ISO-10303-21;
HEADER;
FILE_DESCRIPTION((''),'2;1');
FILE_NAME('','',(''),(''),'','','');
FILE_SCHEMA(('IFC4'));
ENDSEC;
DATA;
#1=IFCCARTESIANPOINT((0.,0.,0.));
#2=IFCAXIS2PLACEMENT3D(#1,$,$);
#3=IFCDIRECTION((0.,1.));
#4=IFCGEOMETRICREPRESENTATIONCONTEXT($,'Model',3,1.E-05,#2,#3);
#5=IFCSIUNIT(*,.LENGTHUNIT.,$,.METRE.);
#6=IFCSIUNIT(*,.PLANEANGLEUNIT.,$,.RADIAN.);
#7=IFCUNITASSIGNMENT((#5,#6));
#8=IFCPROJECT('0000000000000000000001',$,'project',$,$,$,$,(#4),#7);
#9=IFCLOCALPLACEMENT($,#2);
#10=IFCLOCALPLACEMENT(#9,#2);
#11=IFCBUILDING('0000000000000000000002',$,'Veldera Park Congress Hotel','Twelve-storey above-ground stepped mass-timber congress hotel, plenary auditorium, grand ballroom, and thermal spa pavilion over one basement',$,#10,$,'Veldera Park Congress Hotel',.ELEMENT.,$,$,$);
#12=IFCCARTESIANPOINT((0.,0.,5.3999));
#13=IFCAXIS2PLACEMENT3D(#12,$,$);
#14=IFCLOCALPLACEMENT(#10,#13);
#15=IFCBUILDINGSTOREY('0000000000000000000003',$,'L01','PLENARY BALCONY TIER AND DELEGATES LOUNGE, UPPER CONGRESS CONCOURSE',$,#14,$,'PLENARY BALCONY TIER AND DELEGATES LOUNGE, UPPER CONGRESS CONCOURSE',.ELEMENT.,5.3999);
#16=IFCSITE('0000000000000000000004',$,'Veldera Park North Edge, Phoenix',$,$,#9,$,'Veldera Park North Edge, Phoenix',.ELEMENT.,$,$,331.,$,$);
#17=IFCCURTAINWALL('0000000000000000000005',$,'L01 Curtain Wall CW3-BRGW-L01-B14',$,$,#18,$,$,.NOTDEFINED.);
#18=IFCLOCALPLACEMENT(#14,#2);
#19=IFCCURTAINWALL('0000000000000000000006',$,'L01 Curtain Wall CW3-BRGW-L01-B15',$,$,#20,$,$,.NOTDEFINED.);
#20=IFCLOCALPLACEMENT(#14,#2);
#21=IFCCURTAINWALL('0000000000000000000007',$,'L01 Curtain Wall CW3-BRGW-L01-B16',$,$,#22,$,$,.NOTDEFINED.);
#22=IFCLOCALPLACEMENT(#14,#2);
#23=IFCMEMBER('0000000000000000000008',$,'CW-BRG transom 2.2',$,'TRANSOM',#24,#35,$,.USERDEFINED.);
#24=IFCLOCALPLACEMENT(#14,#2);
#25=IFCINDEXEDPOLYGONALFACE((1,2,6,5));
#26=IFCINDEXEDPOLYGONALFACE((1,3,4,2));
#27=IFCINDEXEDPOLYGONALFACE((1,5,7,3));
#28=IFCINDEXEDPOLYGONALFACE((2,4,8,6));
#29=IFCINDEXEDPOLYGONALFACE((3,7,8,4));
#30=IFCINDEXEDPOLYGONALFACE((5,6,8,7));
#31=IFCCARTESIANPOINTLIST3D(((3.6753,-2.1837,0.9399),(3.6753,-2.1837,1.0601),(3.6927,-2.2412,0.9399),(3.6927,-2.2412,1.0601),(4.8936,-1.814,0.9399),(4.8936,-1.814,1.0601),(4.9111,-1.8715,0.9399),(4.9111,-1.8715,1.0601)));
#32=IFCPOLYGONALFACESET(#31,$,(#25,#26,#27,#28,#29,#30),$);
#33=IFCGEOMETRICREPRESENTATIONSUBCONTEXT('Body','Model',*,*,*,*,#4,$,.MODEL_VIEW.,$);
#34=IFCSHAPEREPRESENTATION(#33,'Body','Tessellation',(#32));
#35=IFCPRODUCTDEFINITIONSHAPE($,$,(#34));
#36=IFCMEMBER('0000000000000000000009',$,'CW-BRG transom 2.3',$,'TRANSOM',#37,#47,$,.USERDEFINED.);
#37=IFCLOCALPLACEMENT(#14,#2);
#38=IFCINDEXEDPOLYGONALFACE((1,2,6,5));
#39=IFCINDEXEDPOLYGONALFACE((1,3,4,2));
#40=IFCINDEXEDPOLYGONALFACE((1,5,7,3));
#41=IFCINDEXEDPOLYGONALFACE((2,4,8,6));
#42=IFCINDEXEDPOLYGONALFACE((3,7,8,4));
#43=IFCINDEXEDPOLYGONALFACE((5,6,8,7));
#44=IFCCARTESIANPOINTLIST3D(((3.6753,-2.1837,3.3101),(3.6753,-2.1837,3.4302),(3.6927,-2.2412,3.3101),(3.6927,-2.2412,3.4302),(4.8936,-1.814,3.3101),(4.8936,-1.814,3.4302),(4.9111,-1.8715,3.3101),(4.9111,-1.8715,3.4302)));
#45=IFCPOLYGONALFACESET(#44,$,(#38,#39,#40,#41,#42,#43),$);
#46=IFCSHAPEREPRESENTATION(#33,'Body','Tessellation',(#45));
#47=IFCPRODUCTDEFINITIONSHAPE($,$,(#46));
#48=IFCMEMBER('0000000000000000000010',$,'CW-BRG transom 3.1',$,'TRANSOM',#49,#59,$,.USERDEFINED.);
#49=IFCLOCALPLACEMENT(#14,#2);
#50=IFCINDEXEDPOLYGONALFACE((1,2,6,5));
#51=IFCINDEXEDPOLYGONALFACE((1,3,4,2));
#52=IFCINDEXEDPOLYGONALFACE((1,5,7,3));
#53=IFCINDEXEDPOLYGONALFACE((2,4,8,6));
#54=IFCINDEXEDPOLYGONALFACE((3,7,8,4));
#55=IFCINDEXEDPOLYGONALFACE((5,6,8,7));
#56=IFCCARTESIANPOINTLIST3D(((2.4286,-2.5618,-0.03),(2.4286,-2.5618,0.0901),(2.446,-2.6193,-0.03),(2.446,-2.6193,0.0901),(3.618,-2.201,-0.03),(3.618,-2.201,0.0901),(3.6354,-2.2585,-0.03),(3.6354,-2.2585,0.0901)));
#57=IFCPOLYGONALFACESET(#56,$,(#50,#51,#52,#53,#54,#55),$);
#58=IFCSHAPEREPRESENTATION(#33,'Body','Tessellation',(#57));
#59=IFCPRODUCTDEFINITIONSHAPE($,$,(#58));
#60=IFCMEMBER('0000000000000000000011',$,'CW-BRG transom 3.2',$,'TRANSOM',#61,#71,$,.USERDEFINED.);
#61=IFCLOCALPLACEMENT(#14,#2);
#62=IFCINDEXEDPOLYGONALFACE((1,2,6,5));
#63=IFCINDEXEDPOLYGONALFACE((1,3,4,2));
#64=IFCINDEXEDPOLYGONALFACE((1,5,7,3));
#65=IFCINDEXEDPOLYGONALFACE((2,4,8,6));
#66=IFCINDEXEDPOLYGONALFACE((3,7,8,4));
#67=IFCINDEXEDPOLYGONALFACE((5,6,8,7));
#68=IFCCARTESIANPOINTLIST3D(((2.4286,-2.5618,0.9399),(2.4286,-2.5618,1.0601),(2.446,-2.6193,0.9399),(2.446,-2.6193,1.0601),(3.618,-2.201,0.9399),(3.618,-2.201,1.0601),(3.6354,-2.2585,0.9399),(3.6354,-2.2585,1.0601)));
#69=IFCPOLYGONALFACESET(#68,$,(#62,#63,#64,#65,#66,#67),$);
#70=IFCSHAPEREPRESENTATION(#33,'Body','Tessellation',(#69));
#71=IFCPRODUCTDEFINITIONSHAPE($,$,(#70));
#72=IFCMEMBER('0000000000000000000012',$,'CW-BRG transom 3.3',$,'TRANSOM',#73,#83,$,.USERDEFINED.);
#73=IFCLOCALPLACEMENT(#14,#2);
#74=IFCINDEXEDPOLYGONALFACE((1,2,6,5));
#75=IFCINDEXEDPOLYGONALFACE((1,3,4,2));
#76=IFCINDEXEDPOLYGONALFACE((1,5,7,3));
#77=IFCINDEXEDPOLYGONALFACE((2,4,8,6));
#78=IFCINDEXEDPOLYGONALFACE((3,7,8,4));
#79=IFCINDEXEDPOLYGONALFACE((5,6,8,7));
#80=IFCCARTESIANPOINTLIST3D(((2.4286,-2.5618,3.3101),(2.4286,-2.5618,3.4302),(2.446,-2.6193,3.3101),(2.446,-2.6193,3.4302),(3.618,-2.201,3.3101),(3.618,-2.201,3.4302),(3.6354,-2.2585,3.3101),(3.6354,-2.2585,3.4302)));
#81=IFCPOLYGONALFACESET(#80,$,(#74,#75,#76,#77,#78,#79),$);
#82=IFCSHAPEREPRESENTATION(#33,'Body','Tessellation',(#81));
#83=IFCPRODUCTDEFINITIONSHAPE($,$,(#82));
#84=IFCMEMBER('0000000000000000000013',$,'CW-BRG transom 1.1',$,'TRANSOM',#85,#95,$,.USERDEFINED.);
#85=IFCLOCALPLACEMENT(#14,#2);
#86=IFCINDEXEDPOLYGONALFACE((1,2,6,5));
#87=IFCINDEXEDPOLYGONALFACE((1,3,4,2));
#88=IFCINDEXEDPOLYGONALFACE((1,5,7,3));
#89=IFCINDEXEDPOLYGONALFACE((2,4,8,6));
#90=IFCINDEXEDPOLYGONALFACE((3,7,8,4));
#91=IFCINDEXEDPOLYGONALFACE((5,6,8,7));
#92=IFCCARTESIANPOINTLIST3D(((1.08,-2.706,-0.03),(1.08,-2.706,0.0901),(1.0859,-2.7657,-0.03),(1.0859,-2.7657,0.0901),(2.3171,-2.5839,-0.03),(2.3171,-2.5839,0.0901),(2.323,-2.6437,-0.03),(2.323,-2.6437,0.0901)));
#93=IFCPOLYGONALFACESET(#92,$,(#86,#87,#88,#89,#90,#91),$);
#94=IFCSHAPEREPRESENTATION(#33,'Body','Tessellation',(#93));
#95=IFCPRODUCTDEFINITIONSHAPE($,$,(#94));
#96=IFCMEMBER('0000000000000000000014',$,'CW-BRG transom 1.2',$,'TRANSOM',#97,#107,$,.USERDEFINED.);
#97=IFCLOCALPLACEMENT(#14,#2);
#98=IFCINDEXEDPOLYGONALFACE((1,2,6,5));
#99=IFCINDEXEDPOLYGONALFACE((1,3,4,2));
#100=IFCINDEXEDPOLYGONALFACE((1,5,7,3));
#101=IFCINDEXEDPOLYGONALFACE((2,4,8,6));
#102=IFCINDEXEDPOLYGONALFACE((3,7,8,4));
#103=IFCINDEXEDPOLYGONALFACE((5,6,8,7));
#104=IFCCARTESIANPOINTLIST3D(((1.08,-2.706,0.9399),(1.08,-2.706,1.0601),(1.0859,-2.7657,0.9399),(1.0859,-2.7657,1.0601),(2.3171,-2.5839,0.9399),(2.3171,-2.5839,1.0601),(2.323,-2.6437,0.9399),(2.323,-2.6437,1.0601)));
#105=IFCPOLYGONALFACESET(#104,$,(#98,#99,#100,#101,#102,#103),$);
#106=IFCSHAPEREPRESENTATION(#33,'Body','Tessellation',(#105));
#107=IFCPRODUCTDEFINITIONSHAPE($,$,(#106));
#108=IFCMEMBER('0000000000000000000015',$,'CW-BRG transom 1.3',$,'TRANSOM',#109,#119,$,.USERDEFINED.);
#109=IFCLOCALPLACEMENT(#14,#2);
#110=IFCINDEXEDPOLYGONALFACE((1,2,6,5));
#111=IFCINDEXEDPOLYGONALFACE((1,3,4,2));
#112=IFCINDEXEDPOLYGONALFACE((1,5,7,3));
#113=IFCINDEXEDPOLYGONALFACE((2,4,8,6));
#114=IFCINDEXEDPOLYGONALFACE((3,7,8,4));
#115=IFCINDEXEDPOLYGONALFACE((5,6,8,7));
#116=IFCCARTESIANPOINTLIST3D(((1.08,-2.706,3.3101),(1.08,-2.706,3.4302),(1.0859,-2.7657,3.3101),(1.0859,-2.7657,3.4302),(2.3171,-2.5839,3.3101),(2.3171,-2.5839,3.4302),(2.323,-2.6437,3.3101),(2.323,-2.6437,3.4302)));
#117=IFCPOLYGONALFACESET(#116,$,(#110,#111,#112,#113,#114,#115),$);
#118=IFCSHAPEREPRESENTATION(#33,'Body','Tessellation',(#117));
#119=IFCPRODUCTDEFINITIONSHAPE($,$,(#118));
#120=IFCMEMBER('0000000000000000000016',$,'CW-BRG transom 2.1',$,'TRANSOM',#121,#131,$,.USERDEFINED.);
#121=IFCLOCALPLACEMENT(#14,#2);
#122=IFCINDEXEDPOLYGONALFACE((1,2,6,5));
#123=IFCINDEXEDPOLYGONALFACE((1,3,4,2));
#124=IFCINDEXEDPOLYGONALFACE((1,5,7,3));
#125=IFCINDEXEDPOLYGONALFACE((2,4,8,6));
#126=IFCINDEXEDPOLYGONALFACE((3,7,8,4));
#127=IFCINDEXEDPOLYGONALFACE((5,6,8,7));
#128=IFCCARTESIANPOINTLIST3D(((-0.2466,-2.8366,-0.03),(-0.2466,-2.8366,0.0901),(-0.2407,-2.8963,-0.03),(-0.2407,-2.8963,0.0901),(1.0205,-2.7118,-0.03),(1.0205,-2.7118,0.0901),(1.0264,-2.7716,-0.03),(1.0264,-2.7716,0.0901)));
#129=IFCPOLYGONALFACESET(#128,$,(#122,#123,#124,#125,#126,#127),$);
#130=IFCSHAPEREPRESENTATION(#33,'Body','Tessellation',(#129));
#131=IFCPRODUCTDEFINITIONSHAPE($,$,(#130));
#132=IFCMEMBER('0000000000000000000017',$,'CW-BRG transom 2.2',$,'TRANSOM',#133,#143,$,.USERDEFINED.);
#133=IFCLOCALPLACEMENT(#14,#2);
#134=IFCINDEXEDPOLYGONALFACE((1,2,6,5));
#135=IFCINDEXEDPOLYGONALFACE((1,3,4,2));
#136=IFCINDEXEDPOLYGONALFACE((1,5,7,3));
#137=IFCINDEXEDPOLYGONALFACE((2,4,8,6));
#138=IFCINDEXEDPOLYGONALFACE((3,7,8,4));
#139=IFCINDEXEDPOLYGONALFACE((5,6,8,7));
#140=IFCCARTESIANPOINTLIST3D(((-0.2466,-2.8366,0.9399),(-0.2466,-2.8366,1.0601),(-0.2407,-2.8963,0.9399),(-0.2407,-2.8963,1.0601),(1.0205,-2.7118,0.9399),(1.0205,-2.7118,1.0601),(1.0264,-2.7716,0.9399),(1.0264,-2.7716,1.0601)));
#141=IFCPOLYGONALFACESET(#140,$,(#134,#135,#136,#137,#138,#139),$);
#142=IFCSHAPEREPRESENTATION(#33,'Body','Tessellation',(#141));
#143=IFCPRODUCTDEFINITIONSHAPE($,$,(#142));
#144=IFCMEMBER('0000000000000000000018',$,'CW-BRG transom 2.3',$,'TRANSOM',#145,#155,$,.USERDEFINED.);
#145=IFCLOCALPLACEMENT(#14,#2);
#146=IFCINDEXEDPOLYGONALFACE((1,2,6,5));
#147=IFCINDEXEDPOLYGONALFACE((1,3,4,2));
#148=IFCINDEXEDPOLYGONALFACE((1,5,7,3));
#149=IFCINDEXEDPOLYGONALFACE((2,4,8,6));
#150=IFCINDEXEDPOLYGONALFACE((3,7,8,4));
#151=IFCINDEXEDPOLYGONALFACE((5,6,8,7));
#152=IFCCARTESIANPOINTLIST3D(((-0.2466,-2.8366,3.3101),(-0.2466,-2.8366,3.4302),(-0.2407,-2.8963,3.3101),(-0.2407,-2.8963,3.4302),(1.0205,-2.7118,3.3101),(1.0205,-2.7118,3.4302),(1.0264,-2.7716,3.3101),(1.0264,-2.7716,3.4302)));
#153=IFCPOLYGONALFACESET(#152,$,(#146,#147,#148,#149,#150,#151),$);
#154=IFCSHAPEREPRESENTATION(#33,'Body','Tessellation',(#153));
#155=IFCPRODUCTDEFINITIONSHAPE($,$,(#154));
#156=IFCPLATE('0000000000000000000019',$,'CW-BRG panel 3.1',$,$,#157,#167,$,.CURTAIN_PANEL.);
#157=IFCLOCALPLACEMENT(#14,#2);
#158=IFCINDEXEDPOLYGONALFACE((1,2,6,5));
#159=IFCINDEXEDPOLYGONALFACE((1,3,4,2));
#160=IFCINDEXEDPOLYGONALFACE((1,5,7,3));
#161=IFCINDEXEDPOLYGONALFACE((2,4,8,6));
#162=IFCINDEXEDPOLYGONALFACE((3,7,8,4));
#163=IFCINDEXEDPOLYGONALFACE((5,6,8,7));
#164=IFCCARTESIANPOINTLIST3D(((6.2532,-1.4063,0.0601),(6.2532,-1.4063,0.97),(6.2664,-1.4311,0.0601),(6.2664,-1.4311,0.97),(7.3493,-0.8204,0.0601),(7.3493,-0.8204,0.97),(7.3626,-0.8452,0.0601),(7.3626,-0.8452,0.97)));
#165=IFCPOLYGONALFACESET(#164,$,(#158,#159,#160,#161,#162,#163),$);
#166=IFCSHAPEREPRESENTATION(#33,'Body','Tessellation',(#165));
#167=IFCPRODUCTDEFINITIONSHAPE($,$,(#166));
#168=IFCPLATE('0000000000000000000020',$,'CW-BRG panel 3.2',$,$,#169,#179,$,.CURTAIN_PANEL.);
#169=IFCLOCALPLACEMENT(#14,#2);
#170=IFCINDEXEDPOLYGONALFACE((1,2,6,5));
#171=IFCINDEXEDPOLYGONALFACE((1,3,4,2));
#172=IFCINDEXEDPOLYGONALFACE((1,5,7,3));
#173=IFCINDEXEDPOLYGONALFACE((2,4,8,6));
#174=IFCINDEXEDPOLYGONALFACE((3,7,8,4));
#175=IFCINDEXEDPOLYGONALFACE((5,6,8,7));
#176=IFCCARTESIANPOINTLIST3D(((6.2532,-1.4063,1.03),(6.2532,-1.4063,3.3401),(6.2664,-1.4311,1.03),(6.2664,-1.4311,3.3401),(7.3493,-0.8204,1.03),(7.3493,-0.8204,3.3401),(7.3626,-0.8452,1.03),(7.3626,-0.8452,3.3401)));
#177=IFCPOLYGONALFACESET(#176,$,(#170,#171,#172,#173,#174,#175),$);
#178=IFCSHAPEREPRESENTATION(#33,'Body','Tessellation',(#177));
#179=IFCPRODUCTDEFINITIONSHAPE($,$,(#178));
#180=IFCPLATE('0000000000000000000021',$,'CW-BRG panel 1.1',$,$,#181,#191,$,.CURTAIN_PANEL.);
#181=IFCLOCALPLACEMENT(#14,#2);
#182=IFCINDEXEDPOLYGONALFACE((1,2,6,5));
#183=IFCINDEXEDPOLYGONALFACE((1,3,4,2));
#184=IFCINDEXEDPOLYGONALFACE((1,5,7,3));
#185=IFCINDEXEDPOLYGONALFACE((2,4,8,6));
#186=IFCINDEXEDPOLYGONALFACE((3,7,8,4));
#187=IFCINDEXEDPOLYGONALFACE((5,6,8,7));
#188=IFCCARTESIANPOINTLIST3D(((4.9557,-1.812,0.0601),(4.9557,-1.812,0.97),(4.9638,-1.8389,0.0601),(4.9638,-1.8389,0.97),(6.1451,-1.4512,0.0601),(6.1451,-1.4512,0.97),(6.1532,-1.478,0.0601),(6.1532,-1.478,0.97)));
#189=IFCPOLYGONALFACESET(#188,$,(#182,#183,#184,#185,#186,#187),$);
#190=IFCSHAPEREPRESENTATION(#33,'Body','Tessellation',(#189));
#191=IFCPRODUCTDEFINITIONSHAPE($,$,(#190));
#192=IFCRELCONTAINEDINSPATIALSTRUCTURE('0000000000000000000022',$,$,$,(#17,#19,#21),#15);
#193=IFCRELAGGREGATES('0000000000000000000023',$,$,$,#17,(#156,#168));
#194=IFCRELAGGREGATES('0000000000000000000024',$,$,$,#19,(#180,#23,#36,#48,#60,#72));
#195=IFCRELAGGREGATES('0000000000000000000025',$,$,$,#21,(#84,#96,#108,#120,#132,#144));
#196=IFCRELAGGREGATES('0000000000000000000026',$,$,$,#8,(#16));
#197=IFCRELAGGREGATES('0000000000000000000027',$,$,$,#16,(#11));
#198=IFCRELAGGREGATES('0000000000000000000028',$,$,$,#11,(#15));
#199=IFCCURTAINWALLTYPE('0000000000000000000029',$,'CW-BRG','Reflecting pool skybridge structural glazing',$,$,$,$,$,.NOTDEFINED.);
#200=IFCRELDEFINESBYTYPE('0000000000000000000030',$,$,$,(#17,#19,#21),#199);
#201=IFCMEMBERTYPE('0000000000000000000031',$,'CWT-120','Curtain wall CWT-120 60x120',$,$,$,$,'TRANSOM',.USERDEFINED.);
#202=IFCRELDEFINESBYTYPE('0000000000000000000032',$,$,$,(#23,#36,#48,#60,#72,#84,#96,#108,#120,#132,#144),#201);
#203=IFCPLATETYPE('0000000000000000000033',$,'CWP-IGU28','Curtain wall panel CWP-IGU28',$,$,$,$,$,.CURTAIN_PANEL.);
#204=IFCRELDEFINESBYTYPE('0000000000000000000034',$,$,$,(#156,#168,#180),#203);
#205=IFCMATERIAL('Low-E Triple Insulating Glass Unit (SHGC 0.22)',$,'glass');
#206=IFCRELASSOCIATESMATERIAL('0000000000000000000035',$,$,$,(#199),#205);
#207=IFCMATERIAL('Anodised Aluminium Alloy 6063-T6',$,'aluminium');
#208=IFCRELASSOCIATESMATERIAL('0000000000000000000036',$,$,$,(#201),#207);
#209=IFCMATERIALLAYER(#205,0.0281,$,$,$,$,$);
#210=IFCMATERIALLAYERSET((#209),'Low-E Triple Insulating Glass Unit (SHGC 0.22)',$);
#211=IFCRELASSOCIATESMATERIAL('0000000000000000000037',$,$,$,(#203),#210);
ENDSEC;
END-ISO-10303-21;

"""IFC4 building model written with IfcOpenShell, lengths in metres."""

from ifc_helpers import new_model, si_unit, direction, frame, origin, origin_2d, place, context, subcontext, project, spatial, rectangle, extrude, material, layer, layer_set, material_profile, profile_set, type_object, element, aggregate, save


model = new_model("IFC4")

# Units and contexts
model_context = context("Model", 3, precision=1e-05, world=origin(), true_north=direction((0.0, 1.0)))
body_context = subcontext(model_context, "Body", "Model", "MODEL_VIEW")
ifc_project = project(units=[si_unit("LENGTHUNIT", "METRE"), si_unit("PLANEANGLEUNIT", "RADIAN")], contexts=[model_context])

# Site, building, storey
site_placement = place(None, origin())
site = spatial("IfcSite", under=ifc_project, at=site_placement, Name="Veldera Park North Edge, Phoenix", LongName="Veldera Park North Edge, Phoenix", CompositionType="ELEMENT", RefElevation=331.0)
building_placement = place(site_placement, origin())
building = spatial("IfcBuilding", under=site, at=building_placement, Name="Veldera Park Congress Hotel", Description="Twelve-storey above-ground stepped mass-timber congress hotel, plenary auditorium, grand ballroom, and thermal spa pavilion over one basement", LongName="Veldera Park Congress Hotel", CompositionType="ELEMENT")
storey_placement = place(building_placement, frame((0.0, 0.0, 5.3999)))
storey = spatial("IfcBuildingStorey", under=building, at=storey_placement, Name="L01", Description="PLENARY BALCONY TIER AND DELEGATES LOUNGE, UPPER CONGRESS CONCOURSE", LongName="PLENARY BALCONY TIER AND DELEGATES LOUNGE, UPPER CONGRESS CONCOURSE", CompositionType="ELEMENT", Elevation=5.3999)

# Curtain wall
ifc_material_1 = material(Name="Low-E Triple Insulating Glass Unit (SHGC 0.22)", Category="glass")
curtain_wall_type = type_object("IfcCurtainWallType", Name="CW-BRG", Description="Reflecting pool skybridge structural glazing", PredefinedType="NOTDEFINED", material=ifc_material_1)
curtain_wall_1_placement = place(storey_placement, origin())
curtain_wall_1 = element("IfcCurtainWall", 1, at=curtain_wall_1_placement, inside=storey, type_object=curtain_wall_type, Name="L01 Curtain Wall CW3-BRGW-L01-B14", PredefinedType="NOTDEFINED")
ifc_material_2 = material(Name="Anodised Aluminium Alloy 6063-T6", Category="aluminium")

# Curtain walls
curtain_wall_2_placement = place(storey_placement, origin())
curtain_wall_2 = element("IfcCurtainWall", 2, at=curtain_wall_2_placement, inside=storey, type_object=curtain_wall_type, Name="L01 Curtain Wall CW3-BRGW-L01-B15", PredefinedType="NOTDEFINED")
curtain_wall_3_placement = place(storey_placement, origin())
curtain_wall_3 = element("IfcCurtainWall", 3, at=curtain_wall_3_placement, inside=storey, type_object=curtain_wall_type, Name="L01 Curtain Wall CW3-BRGW-L01-B16", PredefinedType="NOTDEFINED")

# Members
ifc_material_profile_1 = material_profile(ifc_material_2, rectangle(XDim=0.0601, YDim=0.1201, at=origin_2d()), Name="ALU 60x120")
ifc_profile_set_1 = profile_set([ifc_material_profile_1], Name="Anodised Aluminium Alloy 6063-T6")
member_type_1 = type_object("IfcMemberType", Name="CWT-120", Description="Curtain wall CWT-120 60x120", ElementType="TRANSOM", PredefinedType="USERDEFINED", material=ifc_profile_set_1)
member_1_placement = place(storey_placement, frame((4.9023, -1.8428, 1.0), z_axis=(-0.956924, -0.290337, 0.0), x_axis=(0.290337, -0.956924, 0.0)))
member_1 = element("IfcMember", 4, at=member_1_placement, type_object=member_type_1, Name="CW-BRG transom 2.2", ObjectType="TRANSOM", PredefinedType="USERDEFINED", context=body_context, shape_type="SweptSolid", body=[
    extrude(rectangle(XDim=0.0601, YDim=0.1201, at=origin_2d()), origin(), (0.0, 0.0, 1.0), 1.2732),
])
member_2_placement = place(storey_placement, frame((4.9023, -1.8428, 3.3701), z_axis=(-0.956924, -0.290337, 0.0), x_axis=(0.290337, -0.956924, 0.0)))
member_2 = element("IfcMember", 5, at=member_2_placement, type_object=member_type_1, Name="CW-BRG transom 2.3", ObjectType="TRANSOM", PredefinedType="USERDEFINED", context=body_context, shape_type="SweptSolid", body=[
    extrude(rectangle(XDim=0.0601, YDim=0.1201, at=origin_2d()), origin(), (0.0, 0.0, 1.0), 1.2732),
])
member_3_placement = place(storey_placement, frame((3.6267, -2.2297, 0.03), z_axis=(-0.956935, -0.290302, 0.0), x_axis=(0.290302, -0.956935, 0.0)))
member_3 = element("IfcMember", 6, at=member_3_placement, type_object=member_type_1, Name="CW-BRG transom 3.1", ObjectType="TRANSOM", PredefinedType="USERDEFINED", context=body_context, shape_type="SweptSolid", body=[
    extrude(rectangle(XDim=0.0601, YDim=0.1201, at=origin_2d()), origin(), (0.0, 0.0, 1.0), 1.2429),
])
member_4_placement = place(storey_placement, frame((3.6267, -2.2297, 1.0), z_axis=(-0.956935, -0.290302, 0.0), x_axis=(0.290302, -0.956935, 0.0)))
member_4 = element("IfcMember", 7, at=member_4_placement, type_object=member_type_1, Name="CW-BRG transom 3.2", ObjectType="TRANSOM", PredefinedType="USERDEFINED", context=body_context, shape_type="SweptSolid", body=[
    extrude(rectangle(XDim=0.0601, YDim=0.1201, at=origin_2d()), origin(), (0.0, 0.0, 1.0), 1.2429),
])
member_5_placement = place(storey_placement, frame((3.6267, -2.2297, 3.3701), z_axis=(-0.956935, -0.290302, 0.0), x_axis=(0.290302, -0.956935, 0.0)))
member_5 = element("IfcMember", 8, at=member_5_placement, type_object=member_type_1, Name="CW-BRG transom 3.3", ObjectType="TRANSOM", PredefinedType="USERDEFINED", context=body_context, shape_type="SweptSolid", body=[
    extrude(rectangle(XDim=0.0601, YDim=0.1201, at=origin_2d()), origin(), (0.0, 0.0, 1.0), 1.2429),
])
member_6_placement = place(storey_placement, frame((2.3201, -2.6138, 0.03), z_axis=(-0.995167, -0.098201, 0.0), x_axis=(0.098201, -0.995167, 0.0)))
member_6 = element("IfcMember", 9, at=member_6_placement, type_object=member_type_1, Name="CW-BRG transom 1.1", ObjectType="TRANSOM", PredefinedType="USERDEFINED", context=body_context, shape_type="SweptSolid", body=[
    extrude(rectangle(XDim=0.0601, YDim=0.1201, at=origin_2d()), origin(), (0.0, 0.0, 1.0), 1.2432),
])
member_7_placement = place(storey_placement, frame((2.3201, -2.6138, 1.0), z_axis=(-0.995167, -0.098201, 0.0), x_axis=(0.098201, -0.995167, 0.0)))
member_7 = element("IfcMember", 10, at=member_7_placement, type_object=member_type_1, Name="CW-BRG transom 1.2", ObjectType="TRANSOM", PredefinedType="USERDEFINED", context=body_context, shape_type="SweptSolid", body=[
    extrude(rectangle(XDim=0.0601, YDim=0.1201, at=origin_2d()), origin(), (0.0, 0.0, 1.0), 1.2432),
])
member_8_placement = place(storey_placement, frame((2.3201, -2.6138, 3.3701), z_axis=(-0.995167, -0.098201, 0.0), x_axis=(0.098201, -0.995167, 0.0)))
member_8 = element("IfcMember", 11, at=member_8_placement, type_object=member_type_1, Name="CW-BRG transom 1.3", ObjectType="TRANSOM", PredefinedType="USERDEFINED", context=body_context, shape_type="SweptSolid", body=[
    extrude(rectangle(XDim=0.0601, YDim=0.1201, at=origin_2d()), origin(), (0.0, 0.0, 1.0), 1.2432),
])
member_9_placement = place(storey_placement, frame((1.0234, -2.7417, 0.03), z_axis=(-0.995188, -0.097985, 0.0), x_axis=(0.097985, -0.995188, 0.0)))
member_9 = element("IfcMember", 12, at=member_9_placement, type_object=member_type_1, Name="CW-BRG transom 2.1", ObjectType="TRANSOM", PredefinedType="USERDEFINED", context=body_context, shape_type="SweptSolid", body=[
    extrude(rectangle(XDim=0.0601, YDim=0.1201, at=origin_2d()), origin(), (0.0, 0.0, 1.0), 1.2732),
])
member_10_placement = place(storey_placement, frame((1.0234, -2.7417, 1.0), z_axis=(-0.995188, -0.097985, 0.0), x_axis=(0.097985, -0.995188, 0.0)))
member_10 = element("IfcMember", 13, at=member_10_placement, type_object=member_type_1, Name="CW-BRG transom 2.2", ObjectType="TRANSOM", PredefinedType="USERDEFINED", context=body_context, shape_type="SweptSolid", body=[
    extrude(rectangle(XDim=0.0601, YDim=0.1201, at=origin_2d()), origin(), (0.0, 0.0, 1.0), 1.2732),
])
member_11_placement = place(storey_placement, frame((1.0234, -2.7417, 3.3701), z_axis=(-0.995188, -0.097985, 0.0), x_axis=(0.097985, -0.995188, 0.0)))
member_11 = element("IfcMember", 14, at=member_11_placement, type_object=member_type_1, Name="CW-BRG transom 2.3", ObjectType="TRANSOM", PredefinedType="USERDEFINED", context=body_context, shape_type="SweptSolid", body=[
    extrude(rectangle(XDim=0.0601, YDim=0.1201, at=origin_2d()), origin(), (0.0, 0.0, 1.0), 1.2732),
])

# Plates
ifc_layer = layer(ifc_material_1, 0.0281)
ifc_layer_set = layer_set([ifc_layer], Name="Low-E Triple Insulating Glass Unit (SHGC 0.22)")
plate_type = type_object("IfcPlateType", Name="CWP-IGU28", Description="Curtain wall panel CWP-IGU28", PredefinedType="CURTAIN_PANEL", material=ifc_layer_set)
plate_1_placement = place(storey_placement, frame((6.8079, -1.1257, 0.0601), z_axis=(0.0, 0.0, 1.0), x_axis=(-0.881928, -0.471384, 0.0)))
plate_1 = element("IfcPlate", 15, at=plate_1_placement, type_object=plate_type, Name="CW-BRG panel 3.1", PredefinedType="CURTAIN_PANEL", context=body_context, shape_type="SweptSolid", body=[
    extrude(rectangle(XDim=1.2429, YDim=0.0281, at=origin_2d()), origin(), (0.0, 0.0, 1.0), 0.9099),
])
plate_2_placement = place(storey_placement, frame((6.8079, -1.1257, 1.03), z_axis=(0.0, 0.0, 1.0), x_axis=(-0.881928, -0.471384, 0.0)))
plate_2 = element("IfcPlate", 16, at=plate_2_placement, type_object=plate_type, Name="CW-BRG panel 3.2", PredefinedType="CURTAIN_PANEL", context=body_context, shape_type="SweptSolid", body=[
    extrude(rectangle(XDim=1.2429, YDim=0.0281, at=origin_2d()), origin(), (0.0, 0.0, 1.0), 2.3101),
])
aggregate(curtain_wall_1, [plate_1, plate_2])
plate_3_placement = place(storey_placement, frame((5.5544, -1.645, 0.0601), z_axis=(0.0, 0.0, 1.0), x_axis=(-0.956939, -0.29029, 0.0)))
plate_3 = element("IfcPlate", 17, at=plate_3_placement, type_object=plate_type, Name="CW-BRG panel 1.1", PredefinedType="CURTAIN_PANEL", context=body_context, shape_type="SweptSolid", body=[
    extrude(rectangle(XDim=1.2429, YDim=0.0281, at=origin_2d()), origin(), (0.0, 0.0, 1.0), 0.9099),
])
aggregate(curtain_wall_2, [plate_3, member_1, member_2, member_3, member_4, member_5])
aggregate(curtain_wall_3, [member_6, member_7, member_8, member_9, member_10, member_11])

save(model, "model.ifc")
